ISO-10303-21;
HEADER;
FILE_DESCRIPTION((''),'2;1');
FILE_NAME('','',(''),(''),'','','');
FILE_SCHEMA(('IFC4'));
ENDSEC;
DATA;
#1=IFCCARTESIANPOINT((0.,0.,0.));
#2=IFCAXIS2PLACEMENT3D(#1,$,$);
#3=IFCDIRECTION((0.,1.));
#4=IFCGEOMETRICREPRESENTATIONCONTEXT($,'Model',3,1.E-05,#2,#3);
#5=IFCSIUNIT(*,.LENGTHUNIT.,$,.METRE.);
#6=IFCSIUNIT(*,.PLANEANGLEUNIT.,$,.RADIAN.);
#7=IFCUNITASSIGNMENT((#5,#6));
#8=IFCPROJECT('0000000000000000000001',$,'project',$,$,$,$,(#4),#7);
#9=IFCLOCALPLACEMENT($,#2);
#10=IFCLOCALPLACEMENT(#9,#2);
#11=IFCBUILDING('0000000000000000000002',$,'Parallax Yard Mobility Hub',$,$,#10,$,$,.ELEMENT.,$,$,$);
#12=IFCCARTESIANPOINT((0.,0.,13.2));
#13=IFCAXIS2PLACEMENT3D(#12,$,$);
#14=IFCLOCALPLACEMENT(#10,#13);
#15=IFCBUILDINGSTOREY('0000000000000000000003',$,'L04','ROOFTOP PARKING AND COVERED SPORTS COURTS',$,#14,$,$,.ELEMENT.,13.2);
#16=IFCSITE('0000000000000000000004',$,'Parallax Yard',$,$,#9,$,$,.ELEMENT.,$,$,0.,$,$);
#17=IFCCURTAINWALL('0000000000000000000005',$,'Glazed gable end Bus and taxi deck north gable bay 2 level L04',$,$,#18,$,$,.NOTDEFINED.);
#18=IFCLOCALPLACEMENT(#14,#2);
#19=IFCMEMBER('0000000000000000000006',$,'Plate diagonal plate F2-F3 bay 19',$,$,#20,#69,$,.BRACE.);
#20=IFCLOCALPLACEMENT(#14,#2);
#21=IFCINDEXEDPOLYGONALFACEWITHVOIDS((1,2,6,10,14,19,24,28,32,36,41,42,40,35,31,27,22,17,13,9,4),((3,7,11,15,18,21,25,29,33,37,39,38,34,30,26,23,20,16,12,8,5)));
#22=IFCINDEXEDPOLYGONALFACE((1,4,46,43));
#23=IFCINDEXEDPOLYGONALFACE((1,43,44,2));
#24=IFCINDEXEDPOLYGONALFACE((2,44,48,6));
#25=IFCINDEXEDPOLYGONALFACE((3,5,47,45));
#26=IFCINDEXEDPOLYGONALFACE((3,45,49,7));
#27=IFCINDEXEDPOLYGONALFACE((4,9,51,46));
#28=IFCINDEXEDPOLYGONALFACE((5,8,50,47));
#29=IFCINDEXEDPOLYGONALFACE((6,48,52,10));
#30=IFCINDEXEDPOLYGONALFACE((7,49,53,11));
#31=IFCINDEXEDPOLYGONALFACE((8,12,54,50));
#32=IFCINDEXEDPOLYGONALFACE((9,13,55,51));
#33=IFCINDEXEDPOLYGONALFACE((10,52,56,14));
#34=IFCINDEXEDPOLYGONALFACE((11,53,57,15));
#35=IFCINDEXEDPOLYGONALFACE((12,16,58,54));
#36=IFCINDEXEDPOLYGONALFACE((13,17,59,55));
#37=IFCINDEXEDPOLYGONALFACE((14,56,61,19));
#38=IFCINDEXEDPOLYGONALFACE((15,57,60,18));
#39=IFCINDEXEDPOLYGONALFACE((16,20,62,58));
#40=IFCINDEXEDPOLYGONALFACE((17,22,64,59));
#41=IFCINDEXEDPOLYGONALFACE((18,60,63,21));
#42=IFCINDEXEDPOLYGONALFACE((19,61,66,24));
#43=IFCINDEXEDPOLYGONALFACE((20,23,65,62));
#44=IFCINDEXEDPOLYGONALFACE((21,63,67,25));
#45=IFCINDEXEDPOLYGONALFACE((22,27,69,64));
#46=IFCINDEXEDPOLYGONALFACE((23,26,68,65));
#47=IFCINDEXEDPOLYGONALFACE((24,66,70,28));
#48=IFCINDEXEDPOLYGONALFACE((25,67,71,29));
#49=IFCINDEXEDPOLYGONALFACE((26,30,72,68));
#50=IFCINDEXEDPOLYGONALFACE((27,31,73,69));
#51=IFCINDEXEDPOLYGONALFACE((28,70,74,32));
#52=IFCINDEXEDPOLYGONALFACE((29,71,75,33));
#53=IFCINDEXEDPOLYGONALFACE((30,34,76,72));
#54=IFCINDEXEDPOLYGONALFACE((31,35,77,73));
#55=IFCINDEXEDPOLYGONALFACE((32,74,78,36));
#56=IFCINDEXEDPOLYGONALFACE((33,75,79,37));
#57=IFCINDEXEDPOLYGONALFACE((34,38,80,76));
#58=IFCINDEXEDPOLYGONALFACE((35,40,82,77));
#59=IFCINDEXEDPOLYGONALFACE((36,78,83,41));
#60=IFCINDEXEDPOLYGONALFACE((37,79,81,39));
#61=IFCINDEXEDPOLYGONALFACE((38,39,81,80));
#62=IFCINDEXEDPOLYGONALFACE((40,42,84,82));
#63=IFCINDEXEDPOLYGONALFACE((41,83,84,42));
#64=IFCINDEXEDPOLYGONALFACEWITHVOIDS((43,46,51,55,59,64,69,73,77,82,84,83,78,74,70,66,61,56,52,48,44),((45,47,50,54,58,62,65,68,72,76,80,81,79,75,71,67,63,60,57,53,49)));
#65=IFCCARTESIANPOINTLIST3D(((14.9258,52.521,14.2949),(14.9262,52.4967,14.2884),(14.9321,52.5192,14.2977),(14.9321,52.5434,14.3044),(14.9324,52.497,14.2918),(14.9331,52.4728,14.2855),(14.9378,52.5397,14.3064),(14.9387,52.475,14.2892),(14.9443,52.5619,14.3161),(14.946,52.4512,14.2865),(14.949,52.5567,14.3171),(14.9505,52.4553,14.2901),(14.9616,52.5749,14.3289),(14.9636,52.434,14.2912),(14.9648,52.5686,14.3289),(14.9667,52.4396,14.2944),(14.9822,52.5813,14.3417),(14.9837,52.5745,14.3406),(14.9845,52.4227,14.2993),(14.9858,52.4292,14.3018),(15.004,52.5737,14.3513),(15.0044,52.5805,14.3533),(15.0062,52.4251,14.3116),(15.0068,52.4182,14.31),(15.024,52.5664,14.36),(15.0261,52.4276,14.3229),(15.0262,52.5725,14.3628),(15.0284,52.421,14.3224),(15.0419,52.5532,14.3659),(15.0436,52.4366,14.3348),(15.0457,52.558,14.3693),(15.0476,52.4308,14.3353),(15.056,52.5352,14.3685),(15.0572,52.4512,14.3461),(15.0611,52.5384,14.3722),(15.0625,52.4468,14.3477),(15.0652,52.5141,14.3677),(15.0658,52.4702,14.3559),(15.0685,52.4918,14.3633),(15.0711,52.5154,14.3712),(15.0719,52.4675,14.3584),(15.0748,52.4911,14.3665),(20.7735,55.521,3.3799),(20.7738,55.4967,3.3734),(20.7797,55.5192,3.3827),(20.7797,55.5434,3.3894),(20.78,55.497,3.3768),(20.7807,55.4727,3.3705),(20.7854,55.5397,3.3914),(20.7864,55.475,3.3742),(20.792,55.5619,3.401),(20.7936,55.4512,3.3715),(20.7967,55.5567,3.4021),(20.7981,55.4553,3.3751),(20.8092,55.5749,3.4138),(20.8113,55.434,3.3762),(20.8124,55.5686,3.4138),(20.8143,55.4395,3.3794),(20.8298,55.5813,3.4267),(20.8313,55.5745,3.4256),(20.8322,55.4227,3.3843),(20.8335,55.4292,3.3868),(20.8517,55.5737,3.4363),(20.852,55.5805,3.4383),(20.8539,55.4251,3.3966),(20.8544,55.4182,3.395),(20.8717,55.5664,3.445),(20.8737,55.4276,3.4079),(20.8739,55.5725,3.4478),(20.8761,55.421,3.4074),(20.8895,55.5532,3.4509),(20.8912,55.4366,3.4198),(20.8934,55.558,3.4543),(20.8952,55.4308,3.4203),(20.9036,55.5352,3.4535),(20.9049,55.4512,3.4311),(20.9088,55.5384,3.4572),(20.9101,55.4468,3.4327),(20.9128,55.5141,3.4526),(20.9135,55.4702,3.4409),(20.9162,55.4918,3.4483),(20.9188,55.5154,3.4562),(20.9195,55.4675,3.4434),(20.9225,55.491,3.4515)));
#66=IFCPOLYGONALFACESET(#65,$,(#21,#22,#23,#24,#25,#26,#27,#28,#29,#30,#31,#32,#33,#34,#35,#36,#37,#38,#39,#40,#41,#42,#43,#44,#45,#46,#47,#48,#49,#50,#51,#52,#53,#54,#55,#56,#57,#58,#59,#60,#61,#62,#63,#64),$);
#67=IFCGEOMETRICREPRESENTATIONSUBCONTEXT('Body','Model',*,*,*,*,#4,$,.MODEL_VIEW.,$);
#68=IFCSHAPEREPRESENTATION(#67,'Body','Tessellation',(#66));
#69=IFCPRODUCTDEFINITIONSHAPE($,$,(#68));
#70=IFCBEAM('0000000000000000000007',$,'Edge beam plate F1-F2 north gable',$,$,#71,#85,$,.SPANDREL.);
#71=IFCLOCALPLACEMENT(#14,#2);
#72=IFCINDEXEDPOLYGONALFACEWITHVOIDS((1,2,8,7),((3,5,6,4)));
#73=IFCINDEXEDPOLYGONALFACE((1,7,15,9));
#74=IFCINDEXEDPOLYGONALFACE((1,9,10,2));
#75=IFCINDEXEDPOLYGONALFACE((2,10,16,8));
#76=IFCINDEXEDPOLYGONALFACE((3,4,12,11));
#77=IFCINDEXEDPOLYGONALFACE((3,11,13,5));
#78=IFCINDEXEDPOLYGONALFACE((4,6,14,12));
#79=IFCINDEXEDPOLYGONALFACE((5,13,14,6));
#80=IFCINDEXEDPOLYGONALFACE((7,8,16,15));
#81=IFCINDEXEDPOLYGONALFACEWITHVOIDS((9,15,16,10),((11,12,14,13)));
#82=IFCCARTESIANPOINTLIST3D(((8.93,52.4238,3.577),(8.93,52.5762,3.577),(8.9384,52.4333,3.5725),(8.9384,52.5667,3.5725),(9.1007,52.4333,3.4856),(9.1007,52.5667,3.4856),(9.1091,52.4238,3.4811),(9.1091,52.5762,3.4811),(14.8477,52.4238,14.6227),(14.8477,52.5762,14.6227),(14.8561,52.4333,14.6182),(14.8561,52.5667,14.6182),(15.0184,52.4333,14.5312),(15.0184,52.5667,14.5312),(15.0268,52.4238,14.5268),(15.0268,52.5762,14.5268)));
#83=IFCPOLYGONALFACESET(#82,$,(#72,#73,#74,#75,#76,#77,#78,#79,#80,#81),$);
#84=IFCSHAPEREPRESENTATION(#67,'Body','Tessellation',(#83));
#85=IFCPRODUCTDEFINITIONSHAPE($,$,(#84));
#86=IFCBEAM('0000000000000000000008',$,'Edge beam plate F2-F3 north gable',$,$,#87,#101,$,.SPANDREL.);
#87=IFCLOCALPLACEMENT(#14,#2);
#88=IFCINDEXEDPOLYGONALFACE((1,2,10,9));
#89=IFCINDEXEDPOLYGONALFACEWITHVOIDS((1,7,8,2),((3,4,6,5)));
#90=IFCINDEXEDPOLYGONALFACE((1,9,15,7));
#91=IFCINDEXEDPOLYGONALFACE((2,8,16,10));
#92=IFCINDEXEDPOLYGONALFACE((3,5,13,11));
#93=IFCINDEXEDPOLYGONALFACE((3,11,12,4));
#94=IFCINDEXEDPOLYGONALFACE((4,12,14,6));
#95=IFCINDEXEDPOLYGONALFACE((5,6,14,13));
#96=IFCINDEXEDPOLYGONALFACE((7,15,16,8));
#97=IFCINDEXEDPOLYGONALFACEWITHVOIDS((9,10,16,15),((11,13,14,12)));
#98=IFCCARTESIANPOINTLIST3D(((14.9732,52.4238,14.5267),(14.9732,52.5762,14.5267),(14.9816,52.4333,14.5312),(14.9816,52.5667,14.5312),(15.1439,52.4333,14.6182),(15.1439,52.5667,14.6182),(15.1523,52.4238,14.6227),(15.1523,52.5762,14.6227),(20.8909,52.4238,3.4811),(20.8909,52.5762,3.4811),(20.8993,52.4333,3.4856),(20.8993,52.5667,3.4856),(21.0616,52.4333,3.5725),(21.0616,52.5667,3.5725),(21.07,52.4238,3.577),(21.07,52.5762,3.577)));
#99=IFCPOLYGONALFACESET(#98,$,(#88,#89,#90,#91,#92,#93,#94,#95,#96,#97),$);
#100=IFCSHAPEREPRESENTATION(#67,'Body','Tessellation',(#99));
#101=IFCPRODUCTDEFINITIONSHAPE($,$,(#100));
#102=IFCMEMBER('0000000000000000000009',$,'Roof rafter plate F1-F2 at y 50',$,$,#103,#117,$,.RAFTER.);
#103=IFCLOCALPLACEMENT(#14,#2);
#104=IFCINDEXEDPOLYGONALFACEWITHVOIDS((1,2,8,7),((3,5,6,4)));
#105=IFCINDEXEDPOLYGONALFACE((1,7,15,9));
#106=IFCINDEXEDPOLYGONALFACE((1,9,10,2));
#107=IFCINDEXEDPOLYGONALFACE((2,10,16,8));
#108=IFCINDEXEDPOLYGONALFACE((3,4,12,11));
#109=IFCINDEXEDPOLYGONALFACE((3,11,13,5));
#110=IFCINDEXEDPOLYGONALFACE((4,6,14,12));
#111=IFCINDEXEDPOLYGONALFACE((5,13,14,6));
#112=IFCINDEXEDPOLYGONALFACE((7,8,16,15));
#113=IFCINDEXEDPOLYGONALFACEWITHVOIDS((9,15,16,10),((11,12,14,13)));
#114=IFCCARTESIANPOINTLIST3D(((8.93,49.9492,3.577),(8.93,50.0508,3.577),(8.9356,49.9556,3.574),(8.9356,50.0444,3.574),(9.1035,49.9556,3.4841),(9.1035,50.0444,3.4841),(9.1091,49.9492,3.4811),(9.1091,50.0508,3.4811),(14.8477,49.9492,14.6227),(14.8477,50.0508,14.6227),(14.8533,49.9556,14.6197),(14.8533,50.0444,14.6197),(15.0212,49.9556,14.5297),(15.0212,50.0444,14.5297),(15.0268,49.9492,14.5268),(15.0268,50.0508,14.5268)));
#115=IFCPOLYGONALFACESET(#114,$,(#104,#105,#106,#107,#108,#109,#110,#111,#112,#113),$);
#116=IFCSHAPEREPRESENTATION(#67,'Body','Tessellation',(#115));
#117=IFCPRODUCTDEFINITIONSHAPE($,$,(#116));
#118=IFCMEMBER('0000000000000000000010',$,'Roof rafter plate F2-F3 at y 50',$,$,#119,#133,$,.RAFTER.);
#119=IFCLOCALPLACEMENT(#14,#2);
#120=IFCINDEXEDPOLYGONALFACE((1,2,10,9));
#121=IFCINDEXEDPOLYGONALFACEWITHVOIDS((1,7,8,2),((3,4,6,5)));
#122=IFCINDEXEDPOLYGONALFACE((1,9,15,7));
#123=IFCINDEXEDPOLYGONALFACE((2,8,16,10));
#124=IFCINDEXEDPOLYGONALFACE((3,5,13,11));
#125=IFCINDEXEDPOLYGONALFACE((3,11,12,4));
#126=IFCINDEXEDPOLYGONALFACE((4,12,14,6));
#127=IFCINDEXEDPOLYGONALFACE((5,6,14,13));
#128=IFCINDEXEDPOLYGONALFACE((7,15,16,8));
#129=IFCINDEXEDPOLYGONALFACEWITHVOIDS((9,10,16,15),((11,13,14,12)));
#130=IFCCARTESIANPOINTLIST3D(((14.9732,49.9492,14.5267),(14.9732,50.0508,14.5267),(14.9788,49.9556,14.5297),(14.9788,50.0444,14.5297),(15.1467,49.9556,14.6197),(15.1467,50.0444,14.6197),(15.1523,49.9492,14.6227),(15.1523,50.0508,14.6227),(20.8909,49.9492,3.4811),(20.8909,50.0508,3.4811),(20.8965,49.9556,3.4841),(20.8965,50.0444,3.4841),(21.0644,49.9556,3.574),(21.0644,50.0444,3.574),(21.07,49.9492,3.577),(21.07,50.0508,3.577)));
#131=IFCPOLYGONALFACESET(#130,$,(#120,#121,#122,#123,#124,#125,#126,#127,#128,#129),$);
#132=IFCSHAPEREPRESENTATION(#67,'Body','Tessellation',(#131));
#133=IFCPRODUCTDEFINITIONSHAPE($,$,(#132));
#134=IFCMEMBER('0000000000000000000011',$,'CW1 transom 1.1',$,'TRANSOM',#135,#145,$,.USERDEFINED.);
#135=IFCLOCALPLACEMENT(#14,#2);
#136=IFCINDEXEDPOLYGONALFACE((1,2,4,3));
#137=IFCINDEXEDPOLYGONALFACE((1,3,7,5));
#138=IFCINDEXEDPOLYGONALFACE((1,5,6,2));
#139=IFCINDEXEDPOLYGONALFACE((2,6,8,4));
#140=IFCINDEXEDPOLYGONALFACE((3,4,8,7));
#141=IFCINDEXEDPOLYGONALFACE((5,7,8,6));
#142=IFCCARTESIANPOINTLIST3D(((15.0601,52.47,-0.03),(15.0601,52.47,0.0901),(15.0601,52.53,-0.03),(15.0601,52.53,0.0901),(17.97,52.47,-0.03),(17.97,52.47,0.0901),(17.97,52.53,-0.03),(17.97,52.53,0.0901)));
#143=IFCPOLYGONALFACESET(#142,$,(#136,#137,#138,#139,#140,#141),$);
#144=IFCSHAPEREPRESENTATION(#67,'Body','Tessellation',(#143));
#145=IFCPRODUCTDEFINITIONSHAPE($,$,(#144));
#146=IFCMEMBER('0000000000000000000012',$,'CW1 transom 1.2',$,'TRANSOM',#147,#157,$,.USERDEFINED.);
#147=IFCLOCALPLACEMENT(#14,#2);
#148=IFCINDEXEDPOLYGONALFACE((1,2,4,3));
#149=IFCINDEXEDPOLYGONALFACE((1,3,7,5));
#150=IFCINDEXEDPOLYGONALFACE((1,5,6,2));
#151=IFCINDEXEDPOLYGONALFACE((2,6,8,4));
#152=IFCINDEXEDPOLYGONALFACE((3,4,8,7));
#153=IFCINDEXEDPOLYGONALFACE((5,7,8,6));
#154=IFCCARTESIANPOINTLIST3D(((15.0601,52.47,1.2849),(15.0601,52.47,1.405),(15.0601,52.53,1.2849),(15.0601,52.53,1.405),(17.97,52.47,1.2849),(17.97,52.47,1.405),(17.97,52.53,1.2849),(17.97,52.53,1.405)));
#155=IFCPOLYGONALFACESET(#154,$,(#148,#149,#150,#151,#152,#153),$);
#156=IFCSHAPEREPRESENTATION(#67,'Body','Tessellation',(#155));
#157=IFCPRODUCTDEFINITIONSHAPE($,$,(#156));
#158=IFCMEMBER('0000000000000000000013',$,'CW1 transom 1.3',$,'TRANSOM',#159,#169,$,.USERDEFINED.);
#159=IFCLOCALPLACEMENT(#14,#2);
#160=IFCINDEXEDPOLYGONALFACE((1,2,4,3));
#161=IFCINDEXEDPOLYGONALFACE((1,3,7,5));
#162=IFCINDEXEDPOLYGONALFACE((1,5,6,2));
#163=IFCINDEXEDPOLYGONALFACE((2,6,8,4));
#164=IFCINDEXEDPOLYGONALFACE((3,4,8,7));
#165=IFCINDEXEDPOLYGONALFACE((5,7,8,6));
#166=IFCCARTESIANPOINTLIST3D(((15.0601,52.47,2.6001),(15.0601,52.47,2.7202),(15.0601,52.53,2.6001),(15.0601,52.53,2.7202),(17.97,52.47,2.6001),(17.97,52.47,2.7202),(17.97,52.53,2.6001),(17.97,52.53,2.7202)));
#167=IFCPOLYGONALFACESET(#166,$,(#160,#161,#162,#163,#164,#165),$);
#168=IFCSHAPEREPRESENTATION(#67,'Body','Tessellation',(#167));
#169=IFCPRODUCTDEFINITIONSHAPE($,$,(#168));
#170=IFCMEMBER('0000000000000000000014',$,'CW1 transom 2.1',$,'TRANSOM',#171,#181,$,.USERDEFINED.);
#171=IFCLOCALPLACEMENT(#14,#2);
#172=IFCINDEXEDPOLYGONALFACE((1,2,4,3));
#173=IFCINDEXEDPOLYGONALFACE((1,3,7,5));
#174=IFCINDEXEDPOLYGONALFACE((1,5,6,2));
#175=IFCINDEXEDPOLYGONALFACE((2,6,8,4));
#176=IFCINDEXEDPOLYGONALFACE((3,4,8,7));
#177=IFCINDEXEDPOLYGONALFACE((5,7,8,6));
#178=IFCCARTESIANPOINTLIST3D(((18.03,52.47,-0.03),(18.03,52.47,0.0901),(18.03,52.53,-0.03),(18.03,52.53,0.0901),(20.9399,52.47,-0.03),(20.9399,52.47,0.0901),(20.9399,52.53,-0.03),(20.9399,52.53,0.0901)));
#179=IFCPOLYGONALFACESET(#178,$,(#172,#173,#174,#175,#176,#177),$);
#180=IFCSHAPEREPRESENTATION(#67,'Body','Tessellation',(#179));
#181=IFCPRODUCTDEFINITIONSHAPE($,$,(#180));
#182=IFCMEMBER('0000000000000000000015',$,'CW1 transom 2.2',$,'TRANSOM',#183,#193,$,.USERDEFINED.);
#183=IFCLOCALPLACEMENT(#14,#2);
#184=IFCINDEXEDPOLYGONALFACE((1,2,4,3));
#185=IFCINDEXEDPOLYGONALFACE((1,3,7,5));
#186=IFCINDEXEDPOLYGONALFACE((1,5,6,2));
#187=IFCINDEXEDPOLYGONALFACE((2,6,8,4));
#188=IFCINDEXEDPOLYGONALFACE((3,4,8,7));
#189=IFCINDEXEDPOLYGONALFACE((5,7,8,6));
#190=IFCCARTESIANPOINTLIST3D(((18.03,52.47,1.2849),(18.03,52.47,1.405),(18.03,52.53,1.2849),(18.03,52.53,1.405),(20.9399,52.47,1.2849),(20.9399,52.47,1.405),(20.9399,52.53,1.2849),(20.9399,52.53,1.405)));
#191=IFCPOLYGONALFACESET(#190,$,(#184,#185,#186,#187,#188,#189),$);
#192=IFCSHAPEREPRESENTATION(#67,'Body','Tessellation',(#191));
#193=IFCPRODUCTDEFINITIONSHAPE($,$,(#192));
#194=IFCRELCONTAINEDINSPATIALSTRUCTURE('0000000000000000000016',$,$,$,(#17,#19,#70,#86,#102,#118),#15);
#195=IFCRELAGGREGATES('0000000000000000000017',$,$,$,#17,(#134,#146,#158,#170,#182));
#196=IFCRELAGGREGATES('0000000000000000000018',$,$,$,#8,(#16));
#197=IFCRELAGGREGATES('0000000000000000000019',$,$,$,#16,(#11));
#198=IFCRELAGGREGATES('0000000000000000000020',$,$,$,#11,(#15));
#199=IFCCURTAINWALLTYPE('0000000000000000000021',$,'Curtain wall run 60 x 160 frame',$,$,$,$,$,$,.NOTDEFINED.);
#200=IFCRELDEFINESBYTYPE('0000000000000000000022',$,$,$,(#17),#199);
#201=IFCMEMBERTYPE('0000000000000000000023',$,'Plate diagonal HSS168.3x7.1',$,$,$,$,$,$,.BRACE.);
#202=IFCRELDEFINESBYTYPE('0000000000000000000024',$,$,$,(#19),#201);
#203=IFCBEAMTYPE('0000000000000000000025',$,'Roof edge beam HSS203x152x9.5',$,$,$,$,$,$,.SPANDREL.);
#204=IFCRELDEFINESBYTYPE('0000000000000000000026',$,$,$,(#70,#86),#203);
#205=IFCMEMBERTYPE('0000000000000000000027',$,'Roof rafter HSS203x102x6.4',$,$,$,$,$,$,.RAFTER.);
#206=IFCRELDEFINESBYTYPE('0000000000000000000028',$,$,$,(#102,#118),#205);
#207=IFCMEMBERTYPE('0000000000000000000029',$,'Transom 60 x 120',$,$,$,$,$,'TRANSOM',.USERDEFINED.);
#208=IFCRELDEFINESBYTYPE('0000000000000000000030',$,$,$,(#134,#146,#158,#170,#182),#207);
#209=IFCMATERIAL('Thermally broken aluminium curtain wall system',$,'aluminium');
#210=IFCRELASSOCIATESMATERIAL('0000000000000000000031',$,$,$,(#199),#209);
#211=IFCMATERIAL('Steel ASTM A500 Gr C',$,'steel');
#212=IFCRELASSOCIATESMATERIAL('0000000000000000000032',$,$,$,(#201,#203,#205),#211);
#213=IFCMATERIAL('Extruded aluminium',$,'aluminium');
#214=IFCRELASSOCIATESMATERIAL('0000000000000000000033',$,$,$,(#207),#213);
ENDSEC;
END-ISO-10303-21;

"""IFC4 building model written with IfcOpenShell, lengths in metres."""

from ifc_helpers import new_model, si_unit, direction, frame, origin, origin_2d, place, context, subcontext, project, spatial, rectangle, hollow_rectangle, hollow_circle, extrude, material, material_profile, profile_set, type_object, element, aggregate, save


model = new_model("IFC4")

# Units and contexts
model_context = context("Model", 3, precision=1e-05, world=origin(), true_north=direction((0.0, 1.0)))
body_context = subcontext(model_context, "Body", "Model", "MODEL_VIEW")
ifc_project = project(units=[si_unit("LENGTHUNIT", "METRE"), si_unit("PLANEANGLEUNIT", "RADIAN")], contexts=[model_context])

# Site, building, storey
site_placement = place(None, origin())
site = spatial("IfcSite", under=ifc_project, at=site_placement, Name="Parallax Yard", CompositionType="ELEMENT", RefElevation=0.0)
building_placement = place(site_placement, origin())
building = spatial("IfcBuilding", under=site, at=building_placement, Name="Parallax Yard Mobility Hub", CompositionType="ELEMENT")
storey_placement = place(building_placement, frame((0.0, 0.0, 13.2)))
storey = spatial("IfcBuildingStorey", under=building, at=storey_placement, Name="L04", Description="ROOFTOP PARKING AND COVERED SPORTS COURTS", CompositionType="ELEMENT", Elevation=13.2)

# Shared definitions
ifc_material_1 = material(Name="Steel ASTM A500 Gr C", Category="steel")

# Curtain wall
ifc_material_2 = material(Name="Thermally broken aluminium curtain wall system", Category="aluminium")
curtain_wall_type = type_object("IfcCurtainWallType", Name="Curtain wall run 60 x 160 frame", PredefinedType="NOTDEFINED", material=ifc_material_2)
curtain_wall_placement = place(storey_placement, origin())
curtain_wall = element("IfcCurtainWall", 1, at=curtain_wall_placement, inside=storey, type_object=curtain_wall_type, Name="Glazed gable end Bus and taxi deck north gable bay 2 level L04", PredefinedType="NOTDEFINED")
ifc_material_3 = material(Name="Extruded aluminium", Category="aluminium")

# Member
ifc_material_profile_1 = material_profile(ifc_material_1, hollow_circle(Radius=0.0842, WallThickness=0.0071, at=origin_2d()), Name="HSS168.3x7.1")
ifc_profile_set_1 = profile_set([ifc_material_profile_1], Name="Steel ASTM A500 Gr C")
member_type_1 = type_object("IfcMemberType", Name="Plate diagonal HSS168.3x7.1", PredefinedType="BRACE", material=ifc_profile_set_1)
member_1_placement = place(storey_placement, frame((15.0, 52.5, 14.3289), z_axis=(0.458964, 0.23546, -0.856686), x_axis=(-0.456461, 0.889743, 0.0)))
element("IfcMember", 2, at=member_1_placement, inside=storey, type_object=member_type_1, Name="Plate diagonal plate F2-F3 bay 19", PredefinedType="BRACE", context=body_context, shape_type="SweptSolid", body=[
    extrude(hollow_circle(Radius=0.0842, WallThickness=0.0071, at=origin_2d()), origin(), (0.0, 0.0, 1.0), 12.741),
])

# Beams
ifc_material_profile_2 = material_profile(ifc_material_1, hollow_rectangle(XDim=0.1523, YDim=0.2031, WallThickness=0.0095, at=origin_2d()), Name="HSS203x152x9.5")
ifc_profile_set_2 = profile_set([ifc_material_profile_2], Name="Steel ASTM A500 Gr C")
beam_type = type_object("IfcBeamType", Name="Roof edge beam HSS203x152x9.5", PredefinedType="SPANDREL", material=ifc_profile_set_2)
for number, where, z_axis, x_axis, name in (
    (3, (9.0195, 52.5, 3.5291), (0.472247, 0.0, 0.881466), (0.0, 1.0, 0.0), "Edge beam plate F1-F2 north gable"),
    (4, (15.0627, 52.5, 14.5747), (0.472247, 0.0, -0.881466), (0.0, 1.0, 0.0), "Edge beam plate F2-F3 north gable"),
):
    element("IfcBeam", number, at=place(storey_placement, frame(where, z_axis=z_axis, x_axis=x_axis)), inside=storey, type_object=beam_type, Name=name, PredefinedType="SPANDREL", context=body_context, shape_type="SweptSolid", body=[
        extrude(hollow_rectangle(XDim=0.1523, YDim=0.2031, WallThickness=0.0095, at=origin_2d()), origin(), (0.0, 0.0, 1.0), 12.531),
    ])

# Members
ifc_material_profile_3 = material_profile(ifc_material_1, hollow_rectangle(XDim=0.1016, YDim=0.2031, WallThickness=0.0063, at=origin_2d()), Name="HSS203x102x6.4")
ifc_profile_set_3 = profile_set([ifc_material_profile_3], Name="Steel ASTM A500 Gr C")
member_type_2 = type_object("IfcMemberType", Name="Roof rafter HSS203x102x6.4", PredefinedType="RAFTER", material=ifc_profile_set_3)
for number, where, z_axis, x_axis, name in (
    (5, (9.0195, 50.0, 3.5291), (0.472247, 0.0, 0.881466), (0.0, 1.0, 0.0), "Roof rafter plate F1-F2 at y 50"),
    (6, (15.0627, 50.0, 14.5747), (0.472247, 0.0, -0.881466), (0.0, 1.0, 0.0), "Roof rafter plate F2-F3 at y 50"),
):
    element("IfcMember", number, at=place(storey_placement, frame(where, z_axis=z_axis, x_axis=x_axis)), inside=storey, type_object=member_type_2, Name=name, PredefinedType="RAFTER", context=body_context, shape_type="SweptSolid", body=[
        extrude(hollow_rectangle(XDim=0.1016, YDim=0.2031, WallThickness=0.0063, at=origin_2d()), origin(), (0.0, 0.0, 1.0), 12.531),
    ])

# Members
ifc_material_profile_4 = material_profile(ifc_material_3, rectangle(XDim=0.0601, YDim=0.1201, at=origin_2d()), Name="Transom 60 x 120")
ifc_profile_set_4 = profile_set([ifc_material_profile_4], Name="Extruded aluminium")
member_type_3 = type_object("IfcMemberType", Name="Transom 60 x 120", ElementType="TRANSOM", PredefinedType="USERDEFINED", material=ifc_profile_set_4)
member_2_placement = place(storey_placement, frame((15.0601, 52.5, 0.03), z_axis=(1.0, 0.0, 0.0), x_axis=(0.0, 1.0, 0.0)))
member_2 = element("IfcMember", 7, at=member_2_placement, type_object=member_type_3, Name="CW1 transom 1.1", ObjectType="TRANSOM", PredefinedType="USERDEFINED", context=body_context, shape_type="SweptSolid", body=[
    extrude(rectangle(XDim=0.0601, YDim=0.1201, at=origin_2d()), origin(), (0.0, 0.0, 1.0), 2.9099),
])
member_3_placement = place(storey_placement, frame((15.0601, 52.5, 1.345), z_axis=(1.0, 0.0, 0.0), x_axis=(0.0, 1.0, 0.0)))
member_3 = element("IfcMember", 8, at=member_3_placement, type_object=member_type_3, Name="CW1 transom 1.2", ObjectType="TRANSOM", PredefinedType="USERDEFINED", context=body_context, shape_type="SweptSolid", body=[
    extrude(rectangle(XDim=0.0601, YDim=0.1201, at=origin_2d()), origin(), (0.0, 0.0, 1.0), 2.9099),
])
member_4_placement = place(storey_placement, frame((15.0601, 52.5, 2.6602), z_axis=(1.0, 0.0, 0.0), x_axis=(0.0, 1.0, 0.0)))
member_4 = element("IfcMember", 9, at=member_4_placement, type_object=member_type_3, Name="CW1 transom 1.3", ObjectType="TRANSOM", PredefinedType="USERDEFINED", context=body_context, shape_type="SweptSolid", body=[
    extrude(rectangle(XDim=0.0601, YDim=0.1201, at=origin_2d()), origin(), (0.0, 0.0, 1.0), 2.9099),
])
member_5_placement = place(storey_placement, frame((18.03, 52.5, 0.03), z_axis=(1.0, 0.0, 0.0), x_axis=(0.0, 1.0, 0.0)))
member_5 = element("IfcMember", 10, at=member_5_placement, type_object=member_type_3, Name="CW1 transom 2.1", ObjectType="TRANSOM", PredefinedType="USERDEFINED", context=body_context, shape_type="SweptSolid", body=[
    extrude(rectangle(XDim=0.0601, YDim=0.1201, at=origin_2d()), origin(), (0.0, 0.0, 1.0), 2.9099),
])
member_6_placement = place(storey_placement, frame((18.03, 52.5, 1.345), z_axis=(1.0, 0.0, 0.0), x_axis=(0.0, 1.0, 0.0)))
member_6 = element("IfcMember", 11, at=member_6_placement, type_object=member_type_3, Name="CW1 transom 2.2", ObjectType="TRANSOM", PredefinedType="USERDEFINED", context=body_context, shape_type="SweptSolid", body=[
    extrude(rectangle(XDim=0.0601, YDim=0.1201, at=origin_2d()), origin(), (0.0, 0.0, 1.0), 2.9099),
])

aggregate(curtain_wall, [member_2, member_3, member_4, member_5, member_6])

save(model, "model.ifc")
